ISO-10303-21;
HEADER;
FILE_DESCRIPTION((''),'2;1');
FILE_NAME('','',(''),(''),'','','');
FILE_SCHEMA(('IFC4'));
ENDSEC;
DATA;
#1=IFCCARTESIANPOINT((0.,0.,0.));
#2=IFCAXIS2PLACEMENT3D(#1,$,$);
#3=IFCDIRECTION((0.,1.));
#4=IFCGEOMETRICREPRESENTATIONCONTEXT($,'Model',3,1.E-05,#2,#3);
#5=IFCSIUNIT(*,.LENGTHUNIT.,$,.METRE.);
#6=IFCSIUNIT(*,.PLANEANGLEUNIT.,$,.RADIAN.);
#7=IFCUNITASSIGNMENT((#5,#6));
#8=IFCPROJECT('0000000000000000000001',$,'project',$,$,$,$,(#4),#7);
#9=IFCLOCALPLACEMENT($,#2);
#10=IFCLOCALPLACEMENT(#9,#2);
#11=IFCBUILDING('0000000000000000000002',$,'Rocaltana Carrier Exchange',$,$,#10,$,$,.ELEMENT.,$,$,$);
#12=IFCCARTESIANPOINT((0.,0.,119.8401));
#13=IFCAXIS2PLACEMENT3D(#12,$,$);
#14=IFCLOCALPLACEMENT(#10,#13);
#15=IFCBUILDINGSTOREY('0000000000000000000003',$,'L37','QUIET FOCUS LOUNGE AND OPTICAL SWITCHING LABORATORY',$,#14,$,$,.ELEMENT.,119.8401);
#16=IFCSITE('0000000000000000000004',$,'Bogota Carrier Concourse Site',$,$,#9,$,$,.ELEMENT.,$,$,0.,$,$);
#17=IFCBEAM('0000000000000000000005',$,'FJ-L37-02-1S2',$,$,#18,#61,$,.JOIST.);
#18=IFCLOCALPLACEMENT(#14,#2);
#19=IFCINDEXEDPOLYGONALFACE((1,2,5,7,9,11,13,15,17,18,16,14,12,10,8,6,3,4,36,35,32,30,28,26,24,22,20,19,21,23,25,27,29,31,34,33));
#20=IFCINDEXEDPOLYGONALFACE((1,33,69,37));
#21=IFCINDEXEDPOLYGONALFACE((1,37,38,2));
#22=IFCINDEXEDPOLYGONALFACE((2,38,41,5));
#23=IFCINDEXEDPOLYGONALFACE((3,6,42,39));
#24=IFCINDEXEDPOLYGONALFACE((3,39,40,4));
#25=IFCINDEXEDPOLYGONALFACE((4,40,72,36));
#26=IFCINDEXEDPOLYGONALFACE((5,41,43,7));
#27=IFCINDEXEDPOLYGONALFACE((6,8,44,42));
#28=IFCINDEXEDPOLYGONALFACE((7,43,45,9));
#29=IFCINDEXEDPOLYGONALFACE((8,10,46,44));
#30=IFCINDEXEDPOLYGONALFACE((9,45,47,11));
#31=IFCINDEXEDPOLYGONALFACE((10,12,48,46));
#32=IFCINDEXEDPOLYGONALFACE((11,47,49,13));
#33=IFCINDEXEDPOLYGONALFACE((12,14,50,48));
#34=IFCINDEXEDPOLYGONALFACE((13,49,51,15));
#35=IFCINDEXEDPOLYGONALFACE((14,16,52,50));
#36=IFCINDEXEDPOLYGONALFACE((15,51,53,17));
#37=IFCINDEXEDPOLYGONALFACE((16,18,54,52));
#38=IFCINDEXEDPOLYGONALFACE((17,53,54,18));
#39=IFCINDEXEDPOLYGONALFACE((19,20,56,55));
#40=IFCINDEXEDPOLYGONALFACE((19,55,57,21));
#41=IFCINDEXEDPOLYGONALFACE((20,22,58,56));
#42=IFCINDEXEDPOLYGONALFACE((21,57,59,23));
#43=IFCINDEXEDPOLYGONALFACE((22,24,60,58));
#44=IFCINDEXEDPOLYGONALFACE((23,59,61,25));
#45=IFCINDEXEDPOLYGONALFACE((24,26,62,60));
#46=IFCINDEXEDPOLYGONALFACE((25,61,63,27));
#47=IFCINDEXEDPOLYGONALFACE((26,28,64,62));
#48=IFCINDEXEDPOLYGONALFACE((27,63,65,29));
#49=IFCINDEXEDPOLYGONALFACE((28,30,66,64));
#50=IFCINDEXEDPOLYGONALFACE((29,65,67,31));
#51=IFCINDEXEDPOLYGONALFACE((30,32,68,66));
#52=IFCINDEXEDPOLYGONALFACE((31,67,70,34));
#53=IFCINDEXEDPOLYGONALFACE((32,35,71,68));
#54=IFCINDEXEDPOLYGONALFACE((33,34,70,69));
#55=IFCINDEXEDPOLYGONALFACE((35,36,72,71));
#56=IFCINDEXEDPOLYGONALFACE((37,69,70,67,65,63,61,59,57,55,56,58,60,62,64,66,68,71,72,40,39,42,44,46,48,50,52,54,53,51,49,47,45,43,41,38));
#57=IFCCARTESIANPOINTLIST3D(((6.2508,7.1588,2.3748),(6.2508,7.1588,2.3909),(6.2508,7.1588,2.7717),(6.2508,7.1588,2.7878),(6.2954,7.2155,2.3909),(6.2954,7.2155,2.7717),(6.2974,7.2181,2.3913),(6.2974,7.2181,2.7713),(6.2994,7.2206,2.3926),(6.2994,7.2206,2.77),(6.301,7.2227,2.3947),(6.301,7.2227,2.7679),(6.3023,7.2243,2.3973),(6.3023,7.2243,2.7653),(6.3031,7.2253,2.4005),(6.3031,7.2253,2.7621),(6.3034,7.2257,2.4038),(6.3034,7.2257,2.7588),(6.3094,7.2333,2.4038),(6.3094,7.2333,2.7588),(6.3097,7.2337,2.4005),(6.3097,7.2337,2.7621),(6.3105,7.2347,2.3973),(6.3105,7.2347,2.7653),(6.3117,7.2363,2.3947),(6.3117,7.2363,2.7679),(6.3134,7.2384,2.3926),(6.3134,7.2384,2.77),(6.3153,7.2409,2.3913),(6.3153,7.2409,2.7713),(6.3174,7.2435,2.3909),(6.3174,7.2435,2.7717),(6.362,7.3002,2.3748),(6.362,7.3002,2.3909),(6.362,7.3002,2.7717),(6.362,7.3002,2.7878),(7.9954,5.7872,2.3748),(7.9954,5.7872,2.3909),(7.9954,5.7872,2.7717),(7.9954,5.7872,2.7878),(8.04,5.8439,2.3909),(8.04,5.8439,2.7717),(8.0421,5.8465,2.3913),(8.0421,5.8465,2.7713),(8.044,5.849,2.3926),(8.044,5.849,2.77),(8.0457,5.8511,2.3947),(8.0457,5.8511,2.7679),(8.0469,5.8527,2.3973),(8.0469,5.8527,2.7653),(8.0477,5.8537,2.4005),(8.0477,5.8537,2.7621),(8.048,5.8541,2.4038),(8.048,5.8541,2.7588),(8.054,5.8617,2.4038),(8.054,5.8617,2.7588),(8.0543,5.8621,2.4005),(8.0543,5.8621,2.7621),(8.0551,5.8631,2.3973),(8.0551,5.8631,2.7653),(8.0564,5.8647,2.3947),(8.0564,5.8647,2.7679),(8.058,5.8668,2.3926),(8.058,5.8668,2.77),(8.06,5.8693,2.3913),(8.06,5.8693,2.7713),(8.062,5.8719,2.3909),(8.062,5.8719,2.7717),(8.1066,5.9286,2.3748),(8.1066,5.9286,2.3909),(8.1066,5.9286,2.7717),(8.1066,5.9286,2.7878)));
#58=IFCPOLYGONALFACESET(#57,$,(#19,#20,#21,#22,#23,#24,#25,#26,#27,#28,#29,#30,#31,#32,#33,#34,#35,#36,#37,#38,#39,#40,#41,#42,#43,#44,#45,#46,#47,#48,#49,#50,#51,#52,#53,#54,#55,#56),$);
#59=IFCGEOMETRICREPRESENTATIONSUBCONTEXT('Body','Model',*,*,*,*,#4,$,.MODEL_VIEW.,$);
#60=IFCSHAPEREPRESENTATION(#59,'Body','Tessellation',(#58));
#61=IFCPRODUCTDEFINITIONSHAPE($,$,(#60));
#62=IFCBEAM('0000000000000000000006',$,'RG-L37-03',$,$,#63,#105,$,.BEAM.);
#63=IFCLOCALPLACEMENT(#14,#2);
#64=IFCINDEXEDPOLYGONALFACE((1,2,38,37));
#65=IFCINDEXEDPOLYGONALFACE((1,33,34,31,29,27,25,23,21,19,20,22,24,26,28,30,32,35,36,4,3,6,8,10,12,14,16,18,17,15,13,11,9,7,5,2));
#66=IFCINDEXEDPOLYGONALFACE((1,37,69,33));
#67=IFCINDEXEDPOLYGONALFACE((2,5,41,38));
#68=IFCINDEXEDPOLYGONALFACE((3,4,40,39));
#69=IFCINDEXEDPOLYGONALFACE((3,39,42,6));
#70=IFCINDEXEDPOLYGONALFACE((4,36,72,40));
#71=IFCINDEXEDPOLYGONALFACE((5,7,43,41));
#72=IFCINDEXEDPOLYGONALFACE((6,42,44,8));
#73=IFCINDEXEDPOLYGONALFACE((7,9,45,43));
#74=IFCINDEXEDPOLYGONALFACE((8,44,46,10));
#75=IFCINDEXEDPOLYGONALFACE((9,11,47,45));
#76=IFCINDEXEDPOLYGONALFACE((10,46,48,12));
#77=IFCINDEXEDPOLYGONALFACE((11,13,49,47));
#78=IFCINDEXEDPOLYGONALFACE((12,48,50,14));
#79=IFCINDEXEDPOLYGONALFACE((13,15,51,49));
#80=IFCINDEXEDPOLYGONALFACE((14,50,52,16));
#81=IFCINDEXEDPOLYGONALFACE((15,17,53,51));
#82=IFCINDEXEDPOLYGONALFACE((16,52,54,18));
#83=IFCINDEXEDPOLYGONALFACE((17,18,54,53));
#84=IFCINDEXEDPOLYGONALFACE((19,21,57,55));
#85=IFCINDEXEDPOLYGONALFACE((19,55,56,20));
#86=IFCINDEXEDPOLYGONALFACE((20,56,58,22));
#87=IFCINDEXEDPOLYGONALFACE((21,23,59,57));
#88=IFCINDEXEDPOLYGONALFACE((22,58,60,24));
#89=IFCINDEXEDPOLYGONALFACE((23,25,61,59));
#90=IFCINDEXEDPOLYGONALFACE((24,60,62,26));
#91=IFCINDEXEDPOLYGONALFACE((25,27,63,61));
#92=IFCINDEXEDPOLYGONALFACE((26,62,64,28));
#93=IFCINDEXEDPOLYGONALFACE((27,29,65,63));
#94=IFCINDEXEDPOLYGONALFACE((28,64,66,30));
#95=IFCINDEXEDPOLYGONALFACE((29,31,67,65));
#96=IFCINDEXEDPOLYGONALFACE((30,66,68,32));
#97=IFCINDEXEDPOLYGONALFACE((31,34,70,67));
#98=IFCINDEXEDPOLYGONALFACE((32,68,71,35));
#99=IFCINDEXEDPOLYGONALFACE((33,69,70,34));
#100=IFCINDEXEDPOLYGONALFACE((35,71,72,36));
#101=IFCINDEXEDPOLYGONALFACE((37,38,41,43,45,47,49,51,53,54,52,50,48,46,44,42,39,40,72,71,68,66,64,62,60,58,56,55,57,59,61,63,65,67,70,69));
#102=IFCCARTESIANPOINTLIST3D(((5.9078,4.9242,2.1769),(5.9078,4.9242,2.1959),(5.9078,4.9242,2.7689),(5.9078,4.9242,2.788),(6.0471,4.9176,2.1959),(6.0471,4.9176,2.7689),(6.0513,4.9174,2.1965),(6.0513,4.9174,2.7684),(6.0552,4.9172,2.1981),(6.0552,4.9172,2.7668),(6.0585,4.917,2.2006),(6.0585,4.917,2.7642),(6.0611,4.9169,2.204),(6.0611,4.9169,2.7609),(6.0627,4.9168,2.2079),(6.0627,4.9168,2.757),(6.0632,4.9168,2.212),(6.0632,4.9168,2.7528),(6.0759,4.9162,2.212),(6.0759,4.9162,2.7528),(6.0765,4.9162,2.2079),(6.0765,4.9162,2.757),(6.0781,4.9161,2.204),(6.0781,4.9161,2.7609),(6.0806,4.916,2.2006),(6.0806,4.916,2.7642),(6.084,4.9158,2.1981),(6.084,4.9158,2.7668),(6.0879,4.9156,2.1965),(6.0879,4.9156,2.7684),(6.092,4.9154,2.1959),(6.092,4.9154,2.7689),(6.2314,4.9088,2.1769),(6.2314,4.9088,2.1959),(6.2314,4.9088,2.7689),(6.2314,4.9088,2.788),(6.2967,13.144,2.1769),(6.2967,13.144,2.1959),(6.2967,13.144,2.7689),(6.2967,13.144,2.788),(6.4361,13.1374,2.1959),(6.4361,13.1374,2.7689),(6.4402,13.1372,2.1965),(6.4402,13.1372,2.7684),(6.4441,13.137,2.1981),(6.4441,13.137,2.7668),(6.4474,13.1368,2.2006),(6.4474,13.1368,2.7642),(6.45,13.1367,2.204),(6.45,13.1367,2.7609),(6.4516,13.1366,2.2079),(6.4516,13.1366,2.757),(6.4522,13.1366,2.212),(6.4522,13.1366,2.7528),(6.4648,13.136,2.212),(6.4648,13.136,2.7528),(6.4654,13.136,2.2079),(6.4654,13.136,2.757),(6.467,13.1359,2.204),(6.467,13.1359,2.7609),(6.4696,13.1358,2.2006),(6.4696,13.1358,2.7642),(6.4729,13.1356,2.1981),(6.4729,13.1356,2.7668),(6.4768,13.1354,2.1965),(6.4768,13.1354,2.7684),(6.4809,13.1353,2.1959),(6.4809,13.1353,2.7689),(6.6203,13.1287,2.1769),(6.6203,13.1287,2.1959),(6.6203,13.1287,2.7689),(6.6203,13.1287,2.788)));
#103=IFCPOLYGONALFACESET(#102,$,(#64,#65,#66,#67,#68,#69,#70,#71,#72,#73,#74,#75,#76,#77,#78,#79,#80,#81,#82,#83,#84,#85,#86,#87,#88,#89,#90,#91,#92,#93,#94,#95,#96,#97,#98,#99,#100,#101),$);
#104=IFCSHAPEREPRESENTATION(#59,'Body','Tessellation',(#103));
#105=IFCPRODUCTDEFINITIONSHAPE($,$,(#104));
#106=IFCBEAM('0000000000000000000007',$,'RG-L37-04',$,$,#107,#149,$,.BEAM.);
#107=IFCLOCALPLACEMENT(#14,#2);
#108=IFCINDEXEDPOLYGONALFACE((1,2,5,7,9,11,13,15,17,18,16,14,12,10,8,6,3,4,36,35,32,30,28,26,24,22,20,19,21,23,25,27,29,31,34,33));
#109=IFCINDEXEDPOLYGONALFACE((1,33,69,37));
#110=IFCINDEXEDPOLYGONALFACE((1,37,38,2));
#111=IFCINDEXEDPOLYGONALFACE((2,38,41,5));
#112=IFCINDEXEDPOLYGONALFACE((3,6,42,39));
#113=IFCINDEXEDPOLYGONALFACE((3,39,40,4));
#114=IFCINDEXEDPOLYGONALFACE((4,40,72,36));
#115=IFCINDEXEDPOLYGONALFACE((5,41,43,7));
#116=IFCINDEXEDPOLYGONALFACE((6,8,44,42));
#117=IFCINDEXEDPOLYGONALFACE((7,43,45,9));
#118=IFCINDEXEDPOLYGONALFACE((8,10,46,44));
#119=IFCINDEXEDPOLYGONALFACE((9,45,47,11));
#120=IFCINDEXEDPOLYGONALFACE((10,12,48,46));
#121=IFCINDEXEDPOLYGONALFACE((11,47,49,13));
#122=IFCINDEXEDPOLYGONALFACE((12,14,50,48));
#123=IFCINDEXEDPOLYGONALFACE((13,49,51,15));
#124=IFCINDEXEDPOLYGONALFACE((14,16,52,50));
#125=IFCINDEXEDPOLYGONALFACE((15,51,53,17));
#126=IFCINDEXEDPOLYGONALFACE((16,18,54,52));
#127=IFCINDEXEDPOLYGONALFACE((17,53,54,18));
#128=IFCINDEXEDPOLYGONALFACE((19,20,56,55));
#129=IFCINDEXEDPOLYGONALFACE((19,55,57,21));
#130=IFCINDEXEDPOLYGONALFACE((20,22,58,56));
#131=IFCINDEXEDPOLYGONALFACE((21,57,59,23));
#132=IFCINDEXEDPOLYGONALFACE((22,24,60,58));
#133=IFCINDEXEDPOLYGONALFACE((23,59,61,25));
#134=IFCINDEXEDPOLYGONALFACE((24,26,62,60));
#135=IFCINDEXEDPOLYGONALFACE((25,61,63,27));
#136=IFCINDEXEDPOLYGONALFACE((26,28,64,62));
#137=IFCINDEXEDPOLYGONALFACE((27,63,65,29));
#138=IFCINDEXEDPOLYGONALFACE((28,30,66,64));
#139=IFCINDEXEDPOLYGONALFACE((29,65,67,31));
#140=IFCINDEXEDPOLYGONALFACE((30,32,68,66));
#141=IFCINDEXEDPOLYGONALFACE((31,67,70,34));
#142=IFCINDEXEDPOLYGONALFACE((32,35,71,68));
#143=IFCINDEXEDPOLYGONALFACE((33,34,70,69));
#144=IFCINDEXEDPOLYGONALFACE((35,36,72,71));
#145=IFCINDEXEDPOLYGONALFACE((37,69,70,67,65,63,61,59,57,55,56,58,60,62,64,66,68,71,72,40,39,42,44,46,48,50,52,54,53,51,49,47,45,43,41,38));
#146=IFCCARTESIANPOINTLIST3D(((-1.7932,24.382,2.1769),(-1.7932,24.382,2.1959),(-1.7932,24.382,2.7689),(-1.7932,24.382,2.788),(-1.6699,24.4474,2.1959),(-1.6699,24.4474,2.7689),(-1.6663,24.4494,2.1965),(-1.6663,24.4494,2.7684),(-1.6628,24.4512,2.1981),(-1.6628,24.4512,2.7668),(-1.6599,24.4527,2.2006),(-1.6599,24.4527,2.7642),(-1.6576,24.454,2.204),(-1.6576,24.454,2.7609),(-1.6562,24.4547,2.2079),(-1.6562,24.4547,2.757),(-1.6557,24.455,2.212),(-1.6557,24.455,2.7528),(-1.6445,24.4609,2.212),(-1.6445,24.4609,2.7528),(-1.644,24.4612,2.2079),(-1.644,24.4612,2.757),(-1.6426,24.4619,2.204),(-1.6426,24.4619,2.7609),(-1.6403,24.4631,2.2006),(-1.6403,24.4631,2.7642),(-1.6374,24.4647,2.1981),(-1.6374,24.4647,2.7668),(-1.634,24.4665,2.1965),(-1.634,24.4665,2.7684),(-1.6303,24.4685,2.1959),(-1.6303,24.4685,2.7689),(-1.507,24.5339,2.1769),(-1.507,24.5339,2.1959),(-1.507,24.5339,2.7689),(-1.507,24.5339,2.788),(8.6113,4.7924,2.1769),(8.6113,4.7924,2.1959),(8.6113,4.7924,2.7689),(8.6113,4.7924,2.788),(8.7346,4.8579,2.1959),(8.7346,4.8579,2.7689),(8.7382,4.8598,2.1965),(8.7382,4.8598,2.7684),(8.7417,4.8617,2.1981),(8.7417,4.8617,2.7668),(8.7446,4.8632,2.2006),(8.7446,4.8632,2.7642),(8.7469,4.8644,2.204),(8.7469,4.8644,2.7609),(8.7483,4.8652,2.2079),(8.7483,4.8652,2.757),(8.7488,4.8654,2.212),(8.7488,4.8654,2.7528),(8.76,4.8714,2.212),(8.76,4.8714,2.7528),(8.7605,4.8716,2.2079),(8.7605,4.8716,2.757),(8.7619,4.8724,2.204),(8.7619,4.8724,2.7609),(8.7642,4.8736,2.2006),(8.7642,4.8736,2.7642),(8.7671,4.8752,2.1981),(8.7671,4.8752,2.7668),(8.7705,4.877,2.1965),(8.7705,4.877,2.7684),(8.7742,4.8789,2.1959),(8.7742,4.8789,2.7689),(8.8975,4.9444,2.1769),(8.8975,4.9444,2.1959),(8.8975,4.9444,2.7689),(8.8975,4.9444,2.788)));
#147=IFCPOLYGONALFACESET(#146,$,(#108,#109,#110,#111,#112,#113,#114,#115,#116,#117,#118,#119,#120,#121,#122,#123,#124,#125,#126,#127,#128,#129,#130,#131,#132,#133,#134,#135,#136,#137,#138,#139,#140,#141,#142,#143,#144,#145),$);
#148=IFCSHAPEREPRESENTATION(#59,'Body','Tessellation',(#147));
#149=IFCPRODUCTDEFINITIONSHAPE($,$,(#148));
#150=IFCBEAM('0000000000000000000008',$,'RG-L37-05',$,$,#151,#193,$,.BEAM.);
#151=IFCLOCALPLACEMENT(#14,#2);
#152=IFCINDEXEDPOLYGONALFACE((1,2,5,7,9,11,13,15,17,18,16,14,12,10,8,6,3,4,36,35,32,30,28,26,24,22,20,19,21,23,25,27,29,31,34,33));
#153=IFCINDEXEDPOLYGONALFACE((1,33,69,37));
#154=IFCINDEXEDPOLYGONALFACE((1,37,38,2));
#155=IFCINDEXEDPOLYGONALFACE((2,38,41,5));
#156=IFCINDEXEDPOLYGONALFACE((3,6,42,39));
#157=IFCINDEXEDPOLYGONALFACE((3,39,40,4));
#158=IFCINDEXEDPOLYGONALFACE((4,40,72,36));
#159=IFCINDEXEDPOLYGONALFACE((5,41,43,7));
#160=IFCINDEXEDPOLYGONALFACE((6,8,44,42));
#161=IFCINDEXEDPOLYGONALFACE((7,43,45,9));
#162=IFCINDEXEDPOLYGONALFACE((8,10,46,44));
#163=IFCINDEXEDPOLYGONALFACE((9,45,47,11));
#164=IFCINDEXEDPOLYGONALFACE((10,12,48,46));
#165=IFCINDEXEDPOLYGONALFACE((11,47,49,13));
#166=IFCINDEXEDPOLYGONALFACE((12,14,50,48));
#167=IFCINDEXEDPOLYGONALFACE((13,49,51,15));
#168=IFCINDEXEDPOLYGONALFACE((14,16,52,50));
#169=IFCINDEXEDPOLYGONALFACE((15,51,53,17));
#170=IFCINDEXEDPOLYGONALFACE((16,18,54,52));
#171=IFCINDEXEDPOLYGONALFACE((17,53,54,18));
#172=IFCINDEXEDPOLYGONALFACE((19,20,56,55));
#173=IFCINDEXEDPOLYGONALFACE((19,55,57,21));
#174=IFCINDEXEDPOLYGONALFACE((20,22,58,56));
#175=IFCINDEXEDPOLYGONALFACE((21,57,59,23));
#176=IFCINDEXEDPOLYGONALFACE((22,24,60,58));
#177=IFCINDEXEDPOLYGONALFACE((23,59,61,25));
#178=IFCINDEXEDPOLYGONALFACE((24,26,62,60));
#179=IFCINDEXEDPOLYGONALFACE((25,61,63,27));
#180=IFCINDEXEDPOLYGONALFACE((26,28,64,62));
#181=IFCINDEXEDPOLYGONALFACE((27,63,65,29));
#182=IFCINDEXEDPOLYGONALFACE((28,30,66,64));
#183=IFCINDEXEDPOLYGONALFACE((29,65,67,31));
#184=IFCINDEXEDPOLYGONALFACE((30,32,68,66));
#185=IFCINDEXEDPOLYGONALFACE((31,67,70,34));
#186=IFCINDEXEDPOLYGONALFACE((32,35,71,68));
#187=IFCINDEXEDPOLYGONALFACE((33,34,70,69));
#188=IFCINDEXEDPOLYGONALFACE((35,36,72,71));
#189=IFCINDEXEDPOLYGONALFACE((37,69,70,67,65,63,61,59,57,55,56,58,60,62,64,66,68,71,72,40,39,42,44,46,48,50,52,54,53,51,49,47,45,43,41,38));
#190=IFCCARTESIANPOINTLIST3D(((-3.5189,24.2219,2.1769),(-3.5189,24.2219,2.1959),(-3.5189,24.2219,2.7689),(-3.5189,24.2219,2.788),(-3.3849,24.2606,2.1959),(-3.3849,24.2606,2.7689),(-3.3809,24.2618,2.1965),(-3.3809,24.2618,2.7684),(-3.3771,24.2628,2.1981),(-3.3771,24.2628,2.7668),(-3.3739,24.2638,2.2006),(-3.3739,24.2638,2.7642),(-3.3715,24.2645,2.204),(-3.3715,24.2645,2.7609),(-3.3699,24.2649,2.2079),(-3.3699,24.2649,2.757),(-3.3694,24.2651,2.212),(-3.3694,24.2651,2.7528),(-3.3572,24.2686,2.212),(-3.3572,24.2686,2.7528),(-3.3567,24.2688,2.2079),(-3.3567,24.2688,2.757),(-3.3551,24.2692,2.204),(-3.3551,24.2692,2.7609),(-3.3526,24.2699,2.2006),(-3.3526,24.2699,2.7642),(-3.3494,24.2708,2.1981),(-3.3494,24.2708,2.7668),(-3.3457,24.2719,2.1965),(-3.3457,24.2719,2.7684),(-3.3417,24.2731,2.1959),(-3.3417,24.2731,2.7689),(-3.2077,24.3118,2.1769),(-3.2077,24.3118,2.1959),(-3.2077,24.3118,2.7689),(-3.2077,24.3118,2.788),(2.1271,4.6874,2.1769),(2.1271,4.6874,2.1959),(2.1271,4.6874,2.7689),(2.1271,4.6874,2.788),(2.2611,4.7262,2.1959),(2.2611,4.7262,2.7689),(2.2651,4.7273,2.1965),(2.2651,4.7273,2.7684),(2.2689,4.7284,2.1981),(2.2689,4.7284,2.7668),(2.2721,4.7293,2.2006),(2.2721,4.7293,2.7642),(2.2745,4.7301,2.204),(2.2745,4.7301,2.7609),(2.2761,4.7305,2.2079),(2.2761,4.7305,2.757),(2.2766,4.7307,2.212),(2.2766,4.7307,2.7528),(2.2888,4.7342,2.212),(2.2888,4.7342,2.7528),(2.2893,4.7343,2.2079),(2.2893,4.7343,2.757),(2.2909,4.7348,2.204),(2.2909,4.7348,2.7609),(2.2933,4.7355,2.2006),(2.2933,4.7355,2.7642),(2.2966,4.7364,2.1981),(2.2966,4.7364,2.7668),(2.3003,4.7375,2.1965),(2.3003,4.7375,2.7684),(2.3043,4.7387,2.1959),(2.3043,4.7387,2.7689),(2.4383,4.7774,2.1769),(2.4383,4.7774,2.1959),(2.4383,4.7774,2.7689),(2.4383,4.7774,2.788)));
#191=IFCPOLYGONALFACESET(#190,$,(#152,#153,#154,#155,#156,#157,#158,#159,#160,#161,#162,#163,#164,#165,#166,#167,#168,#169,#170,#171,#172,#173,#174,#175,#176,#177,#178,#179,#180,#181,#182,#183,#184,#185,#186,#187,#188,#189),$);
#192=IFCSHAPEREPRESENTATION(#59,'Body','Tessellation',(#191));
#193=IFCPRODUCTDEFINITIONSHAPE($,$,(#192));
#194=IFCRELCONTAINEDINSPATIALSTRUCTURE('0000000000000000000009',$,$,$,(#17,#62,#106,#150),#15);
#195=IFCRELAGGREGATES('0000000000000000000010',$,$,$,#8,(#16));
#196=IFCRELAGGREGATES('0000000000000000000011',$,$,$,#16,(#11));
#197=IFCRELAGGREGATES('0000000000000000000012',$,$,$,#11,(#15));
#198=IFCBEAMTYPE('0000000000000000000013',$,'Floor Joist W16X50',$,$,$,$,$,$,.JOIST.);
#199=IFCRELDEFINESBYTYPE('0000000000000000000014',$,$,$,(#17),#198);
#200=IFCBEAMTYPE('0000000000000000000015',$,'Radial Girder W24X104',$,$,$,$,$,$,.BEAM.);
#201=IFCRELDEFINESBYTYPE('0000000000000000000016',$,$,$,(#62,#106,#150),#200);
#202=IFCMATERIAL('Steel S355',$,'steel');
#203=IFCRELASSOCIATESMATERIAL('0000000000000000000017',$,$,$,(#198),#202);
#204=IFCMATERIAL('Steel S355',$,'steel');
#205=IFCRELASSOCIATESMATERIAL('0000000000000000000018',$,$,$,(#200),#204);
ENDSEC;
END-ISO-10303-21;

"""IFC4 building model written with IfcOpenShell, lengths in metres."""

from ifc_helpers import new_model, si_unit, direction, frame, origin, origin_2d, place, context, subcontext, project, spatial, i_section, extrude, material, material_profile, profile_set, type_object, element, save


model = new_model("IFC4")

# Units and contexts
model_context = context("Model", 3, precision=1e-05, world=origin(), true_north=direction((0.0, 1.0)))
body_context = subcontext(model_context, "Body", "Model", "MODEL_VIEW")
ifc_project = project(units=[si_unit("LENGTHUNIT", "METRE"), si_unit("PLANEANGLEUNIT", "RADIAN")], contexts=[model_context])

# Site, building, storey
site_placement = place(None, origin())
site = spatial("IfcSite", under=ifc_project, at=site_placement, Name="Bogota Carrier Concourse Site", CompositionType="ELEMENT", RefElevation=0.0)
building_placement = place(site_placement, origin())
building = spatial("IfcBuilding", under=site, at=building_placement, Name="Rocaltana Carrier Exchange", CompositionType="ELEMENT")
storey_placement = place(building_placement, frame((0.0, 0.0, 119.8401)))
storey = spatial("IfcBuildingStorey", under=building, at=storey_placement, Name="L37", Description="QUIET FOCUS LOUNGE AND OPTICAL SWITCHING LABORATORY", CompositionType="ELEMENT", Elevation=119.8401)

# Beams
ifc_material_1 = material(Name="Steel S355", Category="steel")
ifc_material_profile_1 = material_profile(ifc_material_1, i_section(OverallWidth=0.1799, OverallDepth=0.4131, WebThickness=0.0098, FlangeThickness=0.0161, FilletRadius=0.0129, at=origin_2d()), Name="W16X50")
ifc_profile_set_1 = profile_set([ifc_material_profile_1], Name="Steel S355")
beam_type_1 = type_object("IfcBeamType", Name="Floor Joist W16X50", PredefinedType="JOIST", material=ifc_profile_set_1)
beam_1_placement = place(storey_placement, frame((8.051, 5.8579, 2.5813), z_axis=(-0.786143, 0.618045, 0.0), x_axis=(-0.618045, -0.786143, 0.0)))
element("IfcBeam", 1, at=beam_1_placement, inside=storey, type_object=beam_type_1, Name="FJ-L37-02-1S2", PredefinedType="JOIST", context=body_context, shape_type="SweptSolid", body=[
    extrude(i_section(OverallWidth=0.1799, OverallDepth=0.4131, WebThickness=0.0098, FlangeThickness=0.0161, FilletRadius=0.0129, at=origin_2d()), origin(), (0.0, 0.0, 1.0), 2.2192),
])
ifc_material_2 = material(Name="Steel S355", Category="steel")
ifc_material_profile_2 = material_profile(ifc_material_2, i_section(OverallWidth=0.324, OverallDepth=0.6111, WebThickness=0.0127, FlangeThickness=0.019, FilletRadius=0.0161, at=origin_2d()), Name="W24X104")
ifc_profile_set_2 = profile_set([ifc_material_profile_2], Name="Steel S355")
beam_type_2 = type_object("IfcBeamType", Name="Radial Girder W24X104", PredefinedType="BEAM", material=ifc_profile_set_2)
beam_2_placement = place(storey_placement, frame((6.0696, 4.9165, 2.4824), z_axis=(0.047262, 0.998883, 0.0), x_axis=(-0.998883, 0.047262, 0.0)))
element("IfcBeam", 2, at=beam_2_placement, inside=storey, type_object=beam_type_2, Name="RG-L37-03", PredefinedType="BEAM", context=body_context, shape_type="SweptSolid", body=[
    extrude(i_section(OverallWidth=0.324, OverallDepth=0.6111, WebThickness=0.0127, FlangeThickness=0.019, FilletRadius=0.0161, at=origin_2d()), origin(), (0.0, 0.0, 1.0), 8.229),
])
beam_3_placement = place(storey_placement, frame((8.7544, 4.8684, 2.4824), z_axis=(-0.46907, 0.883161, 0.0), x_axis=(-0.883161, -0.46907, 0.0)))
element("IfcBeam", 3, at=beam_3_placement, inside=storey, type_object=beam_type_2, Name="RG-L37-04", PredefinedType="BEAM", context=body_context, shape_type="SweptSolid", body=[
    extrude(i_section(OverallWidth=0.324, OverallDepth=0.6111, WebThickness=0.0127, FlangeThickness=0.019, FilletRadius=0.0161, at=origin_2d()), origin(), (0.0, 0.0, 1.0), 22.1812),
])
beam_4_placement = place(storey_placement, frame((2.2827, 4.7324, 2.4824), z_axis=(-0.277663, 0.960679, 0.0), x_axis=(-0.960679, -0.277663, 0.0)))
element("IfcBeam", 4, at=beam_4_placement, inside=storey, type_object=beam_type_2, Name="RG-L37-05", PredefinedType="BEAM", context=body_context, shape_type="SweptSolid", body=[
    extrude(i_section(OverallWidth=0.324, OverallDepth=0.6111, WebThickness=0.0127, FlangeThickness=0.019, FilletRadius=0.0161, at=origin_2d()), origin(), (0.0, 0.0, 1.0), 20.334),
])

save(model, "model.ifc")
